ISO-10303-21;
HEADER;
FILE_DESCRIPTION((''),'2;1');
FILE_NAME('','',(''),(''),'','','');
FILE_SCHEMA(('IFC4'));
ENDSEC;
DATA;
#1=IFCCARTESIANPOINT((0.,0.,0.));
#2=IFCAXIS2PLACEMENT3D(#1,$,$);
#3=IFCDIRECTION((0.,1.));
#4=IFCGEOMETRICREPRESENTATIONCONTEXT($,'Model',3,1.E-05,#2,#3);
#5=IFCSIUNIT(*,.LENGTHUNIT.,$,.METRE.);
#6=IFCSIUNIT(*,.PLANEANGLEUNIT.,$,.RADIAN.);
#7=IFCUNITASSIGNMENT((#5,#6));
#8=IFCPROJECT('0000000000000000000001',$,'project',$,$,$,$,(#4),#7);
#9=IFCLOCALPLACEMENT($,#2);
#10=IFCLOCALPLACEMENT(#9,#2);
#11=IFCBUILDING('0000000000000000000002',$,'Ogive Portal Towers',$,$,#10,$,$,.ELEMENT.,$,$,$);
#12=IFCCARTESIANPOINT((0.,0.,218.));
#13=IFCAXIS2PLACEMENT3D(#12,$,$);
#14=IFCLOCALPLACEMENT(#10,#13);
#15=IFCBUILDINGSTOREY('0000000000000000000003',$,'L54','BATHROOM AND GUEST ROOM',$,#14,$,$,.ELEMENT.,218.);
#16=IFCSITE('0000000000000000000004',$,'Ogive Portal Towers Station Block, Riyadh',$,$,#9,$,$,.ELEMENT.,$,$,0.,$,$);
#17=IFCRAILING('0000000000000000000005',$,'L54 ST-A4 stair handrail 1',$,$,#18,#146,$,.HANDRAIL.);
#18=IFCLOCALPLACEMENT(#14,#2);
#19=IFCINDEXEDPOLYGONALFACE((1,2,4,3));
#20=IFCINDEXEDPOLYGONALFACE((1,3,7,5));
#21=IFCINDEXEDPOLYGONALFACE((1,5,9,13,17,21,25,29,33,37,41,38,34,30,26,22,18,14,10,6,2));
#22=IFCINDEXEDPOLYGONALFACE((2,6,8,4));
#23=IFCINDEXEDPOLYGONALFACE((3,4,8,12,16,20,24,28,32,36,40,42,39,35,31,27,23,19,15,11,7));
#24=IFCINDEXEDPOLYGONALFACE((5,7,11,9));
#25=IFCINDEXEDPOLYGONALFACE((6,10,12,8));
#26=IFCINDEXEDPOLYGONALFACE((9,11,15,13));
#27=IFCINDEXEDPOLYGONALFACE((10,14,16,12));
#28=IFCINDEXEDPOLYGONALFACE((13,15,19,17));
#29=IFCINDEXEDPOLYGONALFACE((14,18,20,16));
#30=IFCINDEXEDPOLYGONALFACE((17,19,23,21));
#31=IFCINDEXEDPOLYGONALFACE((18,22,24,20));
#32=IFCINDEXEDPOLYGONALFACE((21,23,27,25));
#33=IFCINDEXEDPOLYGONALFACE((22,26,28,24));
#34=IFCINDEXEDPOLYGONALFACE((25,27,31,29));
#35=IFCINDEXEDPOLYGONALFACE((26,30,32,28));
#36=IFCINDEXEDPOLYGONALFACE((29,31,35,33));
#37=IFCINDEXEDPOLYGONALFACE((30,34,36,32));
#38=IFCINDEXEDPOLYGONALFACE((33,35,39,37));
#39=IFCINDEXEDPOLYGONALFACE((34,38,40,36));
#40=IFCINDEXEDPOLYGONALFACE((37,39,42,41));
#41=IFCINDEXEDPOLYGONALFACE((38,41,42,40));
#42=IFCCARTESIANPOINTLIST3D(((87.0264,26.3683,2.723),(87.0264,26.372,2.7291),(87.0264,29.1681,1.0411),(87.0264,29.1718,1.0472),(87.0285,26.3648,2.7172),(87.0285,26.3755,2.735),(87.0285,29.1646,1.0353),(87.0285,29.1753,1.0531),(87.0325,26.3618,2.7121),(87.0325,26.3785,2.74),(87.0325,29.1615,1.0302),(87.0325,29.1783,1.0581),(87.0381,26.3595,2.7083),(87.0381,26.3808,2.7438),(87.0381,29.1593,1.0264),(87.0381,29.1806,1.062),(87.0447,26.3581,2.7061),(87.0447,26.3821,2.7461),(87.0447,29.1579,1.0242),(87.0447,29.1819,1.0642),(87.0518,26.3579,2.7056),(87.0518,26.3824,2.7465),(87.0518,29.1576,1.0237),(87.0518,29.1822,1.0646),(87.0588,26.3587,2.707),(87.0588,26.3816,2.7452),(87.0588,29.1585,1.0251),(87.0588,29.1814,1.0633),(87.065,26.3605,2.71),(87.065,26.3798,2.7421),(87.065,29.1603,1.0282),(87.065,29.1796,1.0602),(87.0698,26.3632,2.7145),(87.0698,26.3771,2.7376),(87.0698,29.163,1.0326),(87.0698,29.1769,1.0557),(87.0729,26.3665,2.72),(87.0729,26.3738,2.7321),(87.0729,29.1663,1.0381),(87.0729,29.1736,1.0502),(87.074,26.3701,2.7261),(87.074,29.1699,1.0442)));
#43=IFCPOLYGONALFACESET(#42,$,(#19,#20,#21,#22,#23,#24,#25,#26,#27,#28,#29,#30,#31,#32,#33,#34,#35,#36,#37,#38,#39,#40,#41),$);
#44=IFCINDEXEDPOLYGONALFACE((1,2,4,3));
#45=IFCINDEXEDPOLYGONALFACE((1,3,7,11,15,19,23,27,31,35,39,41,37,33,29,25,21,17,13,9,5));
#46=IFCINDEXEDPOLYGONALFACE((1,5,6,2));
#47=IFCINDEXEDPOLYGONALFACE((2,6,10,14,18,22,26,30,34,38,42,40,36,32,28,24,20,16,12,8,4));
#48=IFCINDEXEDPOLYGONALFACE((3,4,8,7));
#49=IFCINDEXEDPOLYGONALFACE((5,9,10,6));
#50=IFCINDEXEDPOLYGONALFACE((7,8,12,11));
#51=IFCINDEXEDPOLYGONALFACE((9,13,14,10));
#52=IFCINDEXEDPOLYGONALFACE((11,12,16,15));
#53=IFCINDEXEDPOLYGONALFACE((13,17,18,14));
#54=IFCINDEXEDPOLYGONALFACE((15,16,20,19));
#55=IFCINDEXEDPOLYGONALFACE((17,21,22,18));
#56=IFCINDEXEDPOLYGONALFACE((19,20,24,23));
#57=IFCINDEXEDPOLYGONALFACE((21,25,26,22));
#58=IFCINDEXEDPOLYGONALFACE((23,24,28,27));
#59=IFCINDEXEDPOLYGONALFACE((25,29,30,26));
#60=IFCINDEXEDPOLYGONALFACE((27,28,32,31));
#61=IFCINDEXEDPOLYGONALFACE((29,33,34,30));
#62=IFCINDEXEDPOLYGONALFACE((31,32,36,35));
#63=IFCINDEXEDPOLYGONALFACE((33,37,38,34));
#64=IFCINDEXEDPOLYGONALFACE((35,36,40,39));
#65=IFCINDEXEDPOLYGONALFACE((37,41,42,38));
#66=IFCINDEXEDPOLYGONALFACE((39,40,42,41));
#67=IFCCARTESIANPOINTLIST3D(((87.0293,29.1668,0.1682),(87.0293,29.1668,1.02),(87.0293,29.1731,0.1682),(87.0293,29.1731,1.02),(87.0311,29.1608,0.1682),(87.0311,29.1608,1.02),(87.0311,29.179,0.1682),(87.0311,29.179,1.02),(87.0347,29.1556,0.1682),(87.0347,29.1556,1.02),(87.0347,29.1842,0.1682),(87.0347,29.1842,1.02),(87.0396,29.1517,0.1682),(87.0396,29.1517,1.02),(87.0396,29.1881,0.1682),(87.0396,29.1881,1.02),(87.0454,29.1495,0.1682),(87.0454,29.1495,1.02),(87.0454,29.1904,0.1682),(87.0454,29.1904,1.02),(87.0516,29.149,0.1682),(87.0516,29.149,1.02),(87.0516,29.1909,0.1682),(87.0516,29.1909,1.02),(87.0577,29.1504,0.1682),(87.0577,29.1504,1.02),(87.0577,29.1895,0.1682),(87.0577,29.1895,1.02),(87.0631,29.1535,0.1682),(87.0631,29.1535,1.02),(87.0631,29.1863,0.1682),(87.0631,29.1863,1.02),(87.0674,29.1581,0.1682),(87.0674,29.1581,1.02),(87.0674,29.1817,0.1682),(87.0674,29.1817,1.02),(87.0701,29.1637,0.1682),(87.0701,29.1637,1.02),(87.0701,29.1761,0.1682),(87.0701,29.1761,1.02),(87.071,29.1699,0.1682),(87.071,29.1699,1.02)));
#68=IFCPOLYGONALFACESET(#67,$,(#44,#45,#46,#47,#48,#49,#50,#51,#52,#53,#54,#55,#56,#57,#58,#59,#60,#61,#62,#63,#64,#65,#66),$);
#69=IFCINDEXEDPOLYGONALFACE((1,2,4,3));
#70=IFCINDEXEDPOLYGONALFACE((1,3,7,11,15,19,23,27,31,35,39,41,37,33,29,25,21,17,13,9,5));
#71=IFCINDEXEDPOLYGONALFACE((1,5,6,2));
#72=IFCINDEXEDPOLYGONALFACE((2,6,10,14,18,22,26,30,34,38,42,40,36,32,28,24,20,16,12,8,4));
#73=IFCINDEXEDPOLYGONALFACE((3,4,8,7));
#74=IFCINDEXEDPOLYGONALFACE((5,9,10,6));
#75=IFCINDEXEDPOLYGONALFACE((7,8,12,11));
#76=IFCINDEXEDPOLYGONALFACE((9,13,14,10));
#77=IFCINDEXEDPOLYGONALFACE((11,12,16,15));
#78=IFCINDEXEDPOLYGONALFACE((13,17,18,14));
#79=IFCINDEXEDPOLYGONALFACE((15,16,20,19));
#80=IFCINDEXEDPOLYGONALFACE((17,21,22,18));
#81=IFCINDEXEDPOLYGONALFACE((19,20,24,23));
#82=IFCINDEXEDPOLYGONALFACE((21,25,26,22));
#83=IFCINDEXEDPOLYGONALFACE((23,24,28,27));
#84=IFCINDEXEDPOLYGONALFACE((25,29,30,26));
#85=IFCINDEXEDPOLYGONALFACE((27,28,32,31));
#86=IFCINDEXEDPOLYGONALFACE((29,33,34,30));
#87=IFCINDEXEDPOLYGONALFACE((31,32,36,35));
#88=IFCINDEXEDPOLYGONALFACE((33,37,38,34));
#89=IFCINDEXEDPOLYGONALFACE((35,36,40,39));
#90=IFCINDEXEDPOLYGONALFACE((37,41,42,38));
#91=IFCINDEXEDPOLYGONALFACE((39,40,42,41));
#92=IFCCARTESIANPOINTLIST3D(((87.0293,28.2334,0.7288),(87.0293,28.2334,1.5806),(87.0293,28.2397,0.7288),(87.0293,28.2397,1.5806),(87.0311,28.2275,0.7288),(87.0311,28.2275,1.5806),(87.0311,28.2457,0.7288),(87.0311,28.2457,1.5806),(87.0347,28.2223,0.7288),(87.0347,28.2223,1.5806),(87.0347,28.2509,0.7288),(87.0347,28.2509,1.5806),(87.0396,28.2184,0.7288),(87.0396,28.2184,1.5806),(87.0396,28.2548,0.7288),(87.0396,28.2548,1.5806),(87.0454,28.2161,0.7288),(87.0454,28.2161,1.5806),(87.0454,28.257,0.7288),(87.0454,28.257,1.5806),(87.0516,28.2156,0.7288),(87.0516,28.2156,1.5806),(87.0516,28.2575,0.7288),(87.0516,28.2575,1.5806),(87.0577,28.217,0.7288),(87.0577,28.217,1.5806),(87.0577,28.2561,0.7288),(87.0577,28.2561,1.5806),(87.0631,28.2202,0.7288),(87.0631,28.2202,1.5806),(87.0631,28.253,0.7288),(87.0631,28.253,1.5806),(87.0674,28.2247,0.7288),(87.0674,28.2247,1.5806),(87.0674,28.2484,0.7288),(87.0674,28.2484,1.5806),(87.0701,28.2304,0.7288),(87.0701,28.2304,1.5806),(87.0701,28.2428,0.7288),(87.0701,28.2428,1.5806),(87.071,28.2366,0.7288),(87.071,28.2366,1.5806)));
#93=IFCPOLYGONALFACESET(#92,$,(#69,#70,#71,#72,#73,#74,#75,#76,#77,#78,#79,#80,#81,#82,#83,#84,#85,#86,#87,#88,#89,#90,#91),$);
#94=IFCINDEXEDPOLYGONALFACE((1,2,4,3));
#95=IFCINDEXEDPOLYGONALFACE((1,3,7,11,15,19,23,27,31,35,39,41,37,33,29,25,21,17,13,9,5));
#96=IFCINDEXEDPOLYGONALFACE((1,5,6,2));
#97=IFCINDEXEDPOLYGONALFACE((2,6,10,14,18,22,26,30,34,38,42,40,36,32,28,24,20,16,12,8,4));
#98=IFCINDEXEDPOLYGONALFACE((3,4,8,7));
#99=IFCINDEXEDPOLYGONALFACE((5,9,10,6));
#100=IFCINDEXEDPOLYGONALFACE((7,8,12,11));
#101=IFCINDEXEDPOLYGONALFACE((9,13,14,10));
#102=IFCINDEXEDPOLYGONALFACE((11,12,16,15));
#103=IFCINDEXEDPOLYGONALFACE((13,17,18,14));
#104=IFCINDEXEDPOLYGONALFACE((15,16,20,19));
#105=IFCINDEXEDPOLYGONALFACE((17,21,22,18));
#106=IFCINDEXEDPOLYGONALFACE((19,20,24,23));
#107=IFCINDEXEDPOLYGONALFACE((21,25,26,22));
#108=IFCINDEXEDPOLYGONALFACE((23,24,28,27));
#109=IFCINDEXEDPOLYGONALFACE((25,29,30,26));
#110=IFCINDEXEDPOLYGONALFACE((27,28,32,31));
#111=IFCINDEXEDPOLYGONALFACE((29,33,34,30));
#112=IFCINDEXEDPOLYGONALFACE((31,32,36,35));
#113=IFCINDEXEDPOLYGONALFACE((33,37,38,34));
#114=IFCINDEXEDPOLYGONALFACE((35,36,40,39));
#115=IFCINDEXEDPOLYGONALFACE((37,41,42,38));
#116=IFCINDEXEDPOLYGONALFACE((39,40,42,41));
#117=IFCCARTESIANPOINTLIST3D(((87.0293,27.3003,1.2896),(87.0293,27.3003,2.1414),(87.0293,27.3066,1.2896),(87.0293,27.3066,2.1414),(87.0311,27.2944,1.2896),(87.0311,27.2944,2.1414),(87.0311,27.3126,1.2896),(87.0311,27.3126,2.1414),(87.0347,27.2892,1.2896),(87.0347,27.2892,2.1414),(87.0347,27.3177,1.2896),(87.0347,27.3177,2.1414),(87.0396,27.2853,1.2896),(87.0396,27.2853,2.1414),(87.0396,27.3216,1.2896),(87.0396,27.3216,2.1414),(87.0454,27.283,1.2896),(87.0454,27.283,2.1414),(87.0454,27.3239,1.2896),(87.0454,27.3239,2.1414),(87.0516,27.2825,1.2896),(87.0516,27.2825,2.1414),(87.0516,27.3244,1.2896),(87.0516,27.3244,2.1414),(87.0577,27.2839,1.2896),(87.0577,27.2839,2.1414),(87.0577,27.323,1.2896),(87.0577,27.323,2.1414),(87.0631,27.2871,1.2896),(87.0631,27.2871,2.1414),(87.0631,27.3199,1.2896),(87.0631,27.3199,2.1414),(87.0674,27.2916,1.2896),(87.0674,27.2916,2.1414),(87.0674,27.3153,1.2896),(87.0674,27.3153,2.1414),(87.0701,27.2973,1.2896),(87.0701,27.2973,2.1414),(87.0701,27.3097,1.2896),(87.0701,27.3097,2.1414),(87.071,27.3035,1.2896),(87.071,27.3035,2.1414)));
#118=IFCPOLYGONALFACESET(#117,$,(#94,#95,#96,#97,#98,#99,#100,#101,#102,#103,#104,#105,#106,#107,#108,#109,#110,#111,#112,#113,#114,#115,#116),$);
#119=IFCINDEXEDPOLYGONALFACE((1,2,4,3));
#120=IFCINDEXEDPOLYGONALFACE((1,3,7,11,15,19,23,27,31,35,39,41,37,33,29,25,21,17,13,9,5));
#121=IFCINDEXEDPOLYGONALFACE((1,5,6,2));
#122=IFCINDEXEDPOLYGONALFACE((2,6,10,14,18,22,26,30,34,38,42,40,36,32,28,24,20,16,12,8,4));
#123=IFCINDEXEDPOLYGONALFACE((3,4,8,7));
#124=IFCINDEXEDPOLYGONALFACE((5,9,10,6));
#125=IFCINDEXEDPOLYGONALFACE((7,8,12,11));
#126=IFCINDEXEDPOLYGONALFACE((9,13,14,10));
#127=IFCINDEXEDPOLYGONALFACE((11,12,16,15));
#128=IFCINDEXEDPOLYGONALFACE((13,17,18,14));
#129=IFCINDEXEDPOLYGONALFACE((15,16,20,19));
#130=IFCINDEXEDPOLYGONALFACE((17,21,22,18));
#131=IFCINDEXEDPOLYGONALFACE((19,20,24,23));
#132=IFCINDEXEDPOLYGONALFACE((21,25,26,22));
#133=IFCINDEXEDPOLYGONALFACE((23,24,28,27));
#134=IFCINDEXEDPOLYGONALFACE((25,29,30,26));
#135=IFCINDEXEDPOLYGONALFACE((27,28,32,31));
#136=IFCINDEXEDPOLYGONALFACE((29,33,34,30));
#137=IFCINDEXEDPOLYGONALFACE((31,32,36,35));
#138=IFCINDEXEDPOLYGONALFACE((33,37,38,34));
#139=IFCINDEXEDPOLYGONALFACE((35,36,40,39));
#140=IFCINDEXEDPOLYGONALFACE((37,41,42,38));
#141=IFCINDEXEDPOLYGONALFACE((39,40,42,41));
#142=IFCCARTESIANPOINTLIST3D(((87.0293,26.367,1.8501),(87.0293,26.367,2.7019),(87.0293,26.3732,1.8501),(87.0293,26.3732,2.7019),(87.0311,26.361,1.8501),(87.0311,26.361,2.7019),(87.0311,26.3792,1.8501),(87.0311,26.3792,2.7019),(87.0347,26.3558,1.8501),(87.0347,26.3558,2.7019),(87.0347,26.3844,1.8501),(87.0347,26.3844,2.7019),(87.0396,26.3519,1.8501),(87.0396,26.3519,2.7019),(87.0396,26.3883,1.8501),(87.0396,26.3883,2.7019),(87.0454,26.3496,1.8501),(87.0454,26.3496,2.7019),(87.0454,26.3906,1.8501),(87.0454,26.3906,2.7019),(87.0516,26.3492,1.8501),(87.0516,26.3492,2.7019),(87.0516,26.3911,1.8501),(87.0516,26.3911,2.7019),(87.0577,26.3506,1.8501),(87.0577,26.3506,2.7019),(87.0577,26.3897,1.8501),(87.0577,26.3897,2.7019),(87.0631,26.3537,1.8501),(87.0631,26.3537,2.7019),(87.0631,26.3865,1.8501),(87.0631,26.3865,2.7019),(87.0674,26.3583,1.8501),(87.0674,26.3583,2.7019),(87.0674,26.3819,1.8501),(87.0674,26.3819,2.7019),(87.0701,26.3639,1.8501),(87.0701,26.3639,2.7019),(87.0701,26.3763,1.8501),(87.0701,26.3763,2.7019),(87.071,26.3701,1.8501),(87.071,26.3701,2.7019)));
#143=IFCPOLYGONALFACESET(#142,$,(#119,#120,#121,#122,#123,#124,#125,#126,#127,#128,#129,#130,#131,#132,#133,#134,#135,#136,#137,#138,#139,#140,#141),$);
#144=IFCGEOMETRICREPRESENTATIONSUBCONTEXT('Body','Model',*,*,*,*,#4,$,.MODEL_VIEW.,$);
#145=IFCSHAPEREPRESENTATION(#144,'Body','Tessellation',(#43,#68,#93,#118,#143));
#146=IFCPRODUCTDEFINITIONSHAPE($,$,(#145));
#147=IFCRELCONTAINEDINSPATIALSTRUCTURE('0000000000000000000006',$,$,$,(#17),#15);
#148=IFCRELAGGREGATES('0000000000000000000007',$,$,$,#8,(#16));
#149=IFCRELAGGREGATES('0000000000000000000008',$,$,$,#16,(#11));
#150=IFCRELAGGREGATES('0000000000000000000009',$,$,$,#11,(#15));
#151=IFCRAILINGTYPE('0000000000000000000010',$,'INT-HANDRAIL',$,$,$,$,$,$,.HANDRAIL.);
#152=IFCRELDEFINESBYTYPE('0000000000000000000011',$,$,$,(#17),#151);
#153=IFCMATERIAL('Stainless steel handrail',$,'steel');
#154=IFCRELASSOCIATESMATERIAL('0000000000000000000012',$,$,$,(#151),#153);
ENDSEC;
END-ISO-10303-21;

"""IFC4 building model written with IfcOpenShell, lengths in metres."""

from ifc_helpers import new_model, si_unit, direction, frame, origin, origin_2d, place, context, subcontext, project, spatial, circle, extrude, material, type_object, element, save


model = new_model("IFC4")

# Units and contexts
model_context = context("Model", 3, precision=1e-05, world=origin(), true_north=direction((0.0, 1.0)))
body_context = subcontext(model_context, "Body", "Model", "MODEL_VIEW")
ifc_project = project(units=[si_unit("LENGTHUNIT", "METRE"), si_unit("PLANEANGLEUNIT", "RADIAN")], contexts=[model_context])

# Site, building, storey
site_placement = place(None, origin())
site = spatial("IfcSite", under=ifc_project, at=site_placement, Name="Ogive Portal Towers Station Block, Riyadh", CompositionType="ELEMENT", RefElevation=0.0)
building_placement = place(site_placement, origin())
building = spatial("IfcBuilding", under=site, at=building_placement, Name="Ogive Portal Towers", CompositionType="ELEMENT")
storey_placement = place(building_placement, frame((0.0, 0.0, 218.0)))
storey = spatial("IfcBuildingStorey", under=building, at=storey_placement, Name="L54", Description="BATHROOM AND GUEST ROOM", CompositionType="ELEMENT", Elevation=218.0)

# Railing
ifc_material_1 = material(Name="Stainless steel handrail", Category="steel")
railing_type_1 = type_object("IfcRailingType", Name="INT-HANDRAIL", PredefinedType="HANDRAIL", material=ifc_material_1)
railing_1_placement = place(storey_placement, frame((87.05, 29.1699, 0.1682)))
element("IfcRailing", 1, at=railing_1_placement, inside=storey, type_object=railing_type_1, Name="L54 ST-A4 stair handrail 1", PredefinedType="HANDRAIL", context=body_context, shape_type="SweptSolid", body=[
    extrude(circle(Radius=0.0239, at=origin_2d()), frame((0.0, 0.0, 0.876), z_axis=(0.0, -0.857222, 0.514946), x_axis=(1.0, 0.0, 0.0)), (0.0, 0.0, 1.0), 3.2661),
    extrude(circle(Radius=0.021, at=origin_2d()), origin(), (0.0, 0.0, 1.0), 0.8518),
    extrude(circle(Radius=0.021, at=origin_2d()), frame((0.0, -0.9333, 0.5605)), (0.0, 0.0, 1.0), 0.8518),
    extrude(circle(Radius=0.021, at=origin_2d()), frame((0.0, -1.8665, 1.1213)), (0.0, 0.0, 1.0), 0.8518),
    extrude(circle(Radius=0.021, at=origin_2d()), frame((0.0, -2.7998, 1.6819)), (0.0, 0.0, 1.0), 0.8518),
])

save(model, "model.ifc")
